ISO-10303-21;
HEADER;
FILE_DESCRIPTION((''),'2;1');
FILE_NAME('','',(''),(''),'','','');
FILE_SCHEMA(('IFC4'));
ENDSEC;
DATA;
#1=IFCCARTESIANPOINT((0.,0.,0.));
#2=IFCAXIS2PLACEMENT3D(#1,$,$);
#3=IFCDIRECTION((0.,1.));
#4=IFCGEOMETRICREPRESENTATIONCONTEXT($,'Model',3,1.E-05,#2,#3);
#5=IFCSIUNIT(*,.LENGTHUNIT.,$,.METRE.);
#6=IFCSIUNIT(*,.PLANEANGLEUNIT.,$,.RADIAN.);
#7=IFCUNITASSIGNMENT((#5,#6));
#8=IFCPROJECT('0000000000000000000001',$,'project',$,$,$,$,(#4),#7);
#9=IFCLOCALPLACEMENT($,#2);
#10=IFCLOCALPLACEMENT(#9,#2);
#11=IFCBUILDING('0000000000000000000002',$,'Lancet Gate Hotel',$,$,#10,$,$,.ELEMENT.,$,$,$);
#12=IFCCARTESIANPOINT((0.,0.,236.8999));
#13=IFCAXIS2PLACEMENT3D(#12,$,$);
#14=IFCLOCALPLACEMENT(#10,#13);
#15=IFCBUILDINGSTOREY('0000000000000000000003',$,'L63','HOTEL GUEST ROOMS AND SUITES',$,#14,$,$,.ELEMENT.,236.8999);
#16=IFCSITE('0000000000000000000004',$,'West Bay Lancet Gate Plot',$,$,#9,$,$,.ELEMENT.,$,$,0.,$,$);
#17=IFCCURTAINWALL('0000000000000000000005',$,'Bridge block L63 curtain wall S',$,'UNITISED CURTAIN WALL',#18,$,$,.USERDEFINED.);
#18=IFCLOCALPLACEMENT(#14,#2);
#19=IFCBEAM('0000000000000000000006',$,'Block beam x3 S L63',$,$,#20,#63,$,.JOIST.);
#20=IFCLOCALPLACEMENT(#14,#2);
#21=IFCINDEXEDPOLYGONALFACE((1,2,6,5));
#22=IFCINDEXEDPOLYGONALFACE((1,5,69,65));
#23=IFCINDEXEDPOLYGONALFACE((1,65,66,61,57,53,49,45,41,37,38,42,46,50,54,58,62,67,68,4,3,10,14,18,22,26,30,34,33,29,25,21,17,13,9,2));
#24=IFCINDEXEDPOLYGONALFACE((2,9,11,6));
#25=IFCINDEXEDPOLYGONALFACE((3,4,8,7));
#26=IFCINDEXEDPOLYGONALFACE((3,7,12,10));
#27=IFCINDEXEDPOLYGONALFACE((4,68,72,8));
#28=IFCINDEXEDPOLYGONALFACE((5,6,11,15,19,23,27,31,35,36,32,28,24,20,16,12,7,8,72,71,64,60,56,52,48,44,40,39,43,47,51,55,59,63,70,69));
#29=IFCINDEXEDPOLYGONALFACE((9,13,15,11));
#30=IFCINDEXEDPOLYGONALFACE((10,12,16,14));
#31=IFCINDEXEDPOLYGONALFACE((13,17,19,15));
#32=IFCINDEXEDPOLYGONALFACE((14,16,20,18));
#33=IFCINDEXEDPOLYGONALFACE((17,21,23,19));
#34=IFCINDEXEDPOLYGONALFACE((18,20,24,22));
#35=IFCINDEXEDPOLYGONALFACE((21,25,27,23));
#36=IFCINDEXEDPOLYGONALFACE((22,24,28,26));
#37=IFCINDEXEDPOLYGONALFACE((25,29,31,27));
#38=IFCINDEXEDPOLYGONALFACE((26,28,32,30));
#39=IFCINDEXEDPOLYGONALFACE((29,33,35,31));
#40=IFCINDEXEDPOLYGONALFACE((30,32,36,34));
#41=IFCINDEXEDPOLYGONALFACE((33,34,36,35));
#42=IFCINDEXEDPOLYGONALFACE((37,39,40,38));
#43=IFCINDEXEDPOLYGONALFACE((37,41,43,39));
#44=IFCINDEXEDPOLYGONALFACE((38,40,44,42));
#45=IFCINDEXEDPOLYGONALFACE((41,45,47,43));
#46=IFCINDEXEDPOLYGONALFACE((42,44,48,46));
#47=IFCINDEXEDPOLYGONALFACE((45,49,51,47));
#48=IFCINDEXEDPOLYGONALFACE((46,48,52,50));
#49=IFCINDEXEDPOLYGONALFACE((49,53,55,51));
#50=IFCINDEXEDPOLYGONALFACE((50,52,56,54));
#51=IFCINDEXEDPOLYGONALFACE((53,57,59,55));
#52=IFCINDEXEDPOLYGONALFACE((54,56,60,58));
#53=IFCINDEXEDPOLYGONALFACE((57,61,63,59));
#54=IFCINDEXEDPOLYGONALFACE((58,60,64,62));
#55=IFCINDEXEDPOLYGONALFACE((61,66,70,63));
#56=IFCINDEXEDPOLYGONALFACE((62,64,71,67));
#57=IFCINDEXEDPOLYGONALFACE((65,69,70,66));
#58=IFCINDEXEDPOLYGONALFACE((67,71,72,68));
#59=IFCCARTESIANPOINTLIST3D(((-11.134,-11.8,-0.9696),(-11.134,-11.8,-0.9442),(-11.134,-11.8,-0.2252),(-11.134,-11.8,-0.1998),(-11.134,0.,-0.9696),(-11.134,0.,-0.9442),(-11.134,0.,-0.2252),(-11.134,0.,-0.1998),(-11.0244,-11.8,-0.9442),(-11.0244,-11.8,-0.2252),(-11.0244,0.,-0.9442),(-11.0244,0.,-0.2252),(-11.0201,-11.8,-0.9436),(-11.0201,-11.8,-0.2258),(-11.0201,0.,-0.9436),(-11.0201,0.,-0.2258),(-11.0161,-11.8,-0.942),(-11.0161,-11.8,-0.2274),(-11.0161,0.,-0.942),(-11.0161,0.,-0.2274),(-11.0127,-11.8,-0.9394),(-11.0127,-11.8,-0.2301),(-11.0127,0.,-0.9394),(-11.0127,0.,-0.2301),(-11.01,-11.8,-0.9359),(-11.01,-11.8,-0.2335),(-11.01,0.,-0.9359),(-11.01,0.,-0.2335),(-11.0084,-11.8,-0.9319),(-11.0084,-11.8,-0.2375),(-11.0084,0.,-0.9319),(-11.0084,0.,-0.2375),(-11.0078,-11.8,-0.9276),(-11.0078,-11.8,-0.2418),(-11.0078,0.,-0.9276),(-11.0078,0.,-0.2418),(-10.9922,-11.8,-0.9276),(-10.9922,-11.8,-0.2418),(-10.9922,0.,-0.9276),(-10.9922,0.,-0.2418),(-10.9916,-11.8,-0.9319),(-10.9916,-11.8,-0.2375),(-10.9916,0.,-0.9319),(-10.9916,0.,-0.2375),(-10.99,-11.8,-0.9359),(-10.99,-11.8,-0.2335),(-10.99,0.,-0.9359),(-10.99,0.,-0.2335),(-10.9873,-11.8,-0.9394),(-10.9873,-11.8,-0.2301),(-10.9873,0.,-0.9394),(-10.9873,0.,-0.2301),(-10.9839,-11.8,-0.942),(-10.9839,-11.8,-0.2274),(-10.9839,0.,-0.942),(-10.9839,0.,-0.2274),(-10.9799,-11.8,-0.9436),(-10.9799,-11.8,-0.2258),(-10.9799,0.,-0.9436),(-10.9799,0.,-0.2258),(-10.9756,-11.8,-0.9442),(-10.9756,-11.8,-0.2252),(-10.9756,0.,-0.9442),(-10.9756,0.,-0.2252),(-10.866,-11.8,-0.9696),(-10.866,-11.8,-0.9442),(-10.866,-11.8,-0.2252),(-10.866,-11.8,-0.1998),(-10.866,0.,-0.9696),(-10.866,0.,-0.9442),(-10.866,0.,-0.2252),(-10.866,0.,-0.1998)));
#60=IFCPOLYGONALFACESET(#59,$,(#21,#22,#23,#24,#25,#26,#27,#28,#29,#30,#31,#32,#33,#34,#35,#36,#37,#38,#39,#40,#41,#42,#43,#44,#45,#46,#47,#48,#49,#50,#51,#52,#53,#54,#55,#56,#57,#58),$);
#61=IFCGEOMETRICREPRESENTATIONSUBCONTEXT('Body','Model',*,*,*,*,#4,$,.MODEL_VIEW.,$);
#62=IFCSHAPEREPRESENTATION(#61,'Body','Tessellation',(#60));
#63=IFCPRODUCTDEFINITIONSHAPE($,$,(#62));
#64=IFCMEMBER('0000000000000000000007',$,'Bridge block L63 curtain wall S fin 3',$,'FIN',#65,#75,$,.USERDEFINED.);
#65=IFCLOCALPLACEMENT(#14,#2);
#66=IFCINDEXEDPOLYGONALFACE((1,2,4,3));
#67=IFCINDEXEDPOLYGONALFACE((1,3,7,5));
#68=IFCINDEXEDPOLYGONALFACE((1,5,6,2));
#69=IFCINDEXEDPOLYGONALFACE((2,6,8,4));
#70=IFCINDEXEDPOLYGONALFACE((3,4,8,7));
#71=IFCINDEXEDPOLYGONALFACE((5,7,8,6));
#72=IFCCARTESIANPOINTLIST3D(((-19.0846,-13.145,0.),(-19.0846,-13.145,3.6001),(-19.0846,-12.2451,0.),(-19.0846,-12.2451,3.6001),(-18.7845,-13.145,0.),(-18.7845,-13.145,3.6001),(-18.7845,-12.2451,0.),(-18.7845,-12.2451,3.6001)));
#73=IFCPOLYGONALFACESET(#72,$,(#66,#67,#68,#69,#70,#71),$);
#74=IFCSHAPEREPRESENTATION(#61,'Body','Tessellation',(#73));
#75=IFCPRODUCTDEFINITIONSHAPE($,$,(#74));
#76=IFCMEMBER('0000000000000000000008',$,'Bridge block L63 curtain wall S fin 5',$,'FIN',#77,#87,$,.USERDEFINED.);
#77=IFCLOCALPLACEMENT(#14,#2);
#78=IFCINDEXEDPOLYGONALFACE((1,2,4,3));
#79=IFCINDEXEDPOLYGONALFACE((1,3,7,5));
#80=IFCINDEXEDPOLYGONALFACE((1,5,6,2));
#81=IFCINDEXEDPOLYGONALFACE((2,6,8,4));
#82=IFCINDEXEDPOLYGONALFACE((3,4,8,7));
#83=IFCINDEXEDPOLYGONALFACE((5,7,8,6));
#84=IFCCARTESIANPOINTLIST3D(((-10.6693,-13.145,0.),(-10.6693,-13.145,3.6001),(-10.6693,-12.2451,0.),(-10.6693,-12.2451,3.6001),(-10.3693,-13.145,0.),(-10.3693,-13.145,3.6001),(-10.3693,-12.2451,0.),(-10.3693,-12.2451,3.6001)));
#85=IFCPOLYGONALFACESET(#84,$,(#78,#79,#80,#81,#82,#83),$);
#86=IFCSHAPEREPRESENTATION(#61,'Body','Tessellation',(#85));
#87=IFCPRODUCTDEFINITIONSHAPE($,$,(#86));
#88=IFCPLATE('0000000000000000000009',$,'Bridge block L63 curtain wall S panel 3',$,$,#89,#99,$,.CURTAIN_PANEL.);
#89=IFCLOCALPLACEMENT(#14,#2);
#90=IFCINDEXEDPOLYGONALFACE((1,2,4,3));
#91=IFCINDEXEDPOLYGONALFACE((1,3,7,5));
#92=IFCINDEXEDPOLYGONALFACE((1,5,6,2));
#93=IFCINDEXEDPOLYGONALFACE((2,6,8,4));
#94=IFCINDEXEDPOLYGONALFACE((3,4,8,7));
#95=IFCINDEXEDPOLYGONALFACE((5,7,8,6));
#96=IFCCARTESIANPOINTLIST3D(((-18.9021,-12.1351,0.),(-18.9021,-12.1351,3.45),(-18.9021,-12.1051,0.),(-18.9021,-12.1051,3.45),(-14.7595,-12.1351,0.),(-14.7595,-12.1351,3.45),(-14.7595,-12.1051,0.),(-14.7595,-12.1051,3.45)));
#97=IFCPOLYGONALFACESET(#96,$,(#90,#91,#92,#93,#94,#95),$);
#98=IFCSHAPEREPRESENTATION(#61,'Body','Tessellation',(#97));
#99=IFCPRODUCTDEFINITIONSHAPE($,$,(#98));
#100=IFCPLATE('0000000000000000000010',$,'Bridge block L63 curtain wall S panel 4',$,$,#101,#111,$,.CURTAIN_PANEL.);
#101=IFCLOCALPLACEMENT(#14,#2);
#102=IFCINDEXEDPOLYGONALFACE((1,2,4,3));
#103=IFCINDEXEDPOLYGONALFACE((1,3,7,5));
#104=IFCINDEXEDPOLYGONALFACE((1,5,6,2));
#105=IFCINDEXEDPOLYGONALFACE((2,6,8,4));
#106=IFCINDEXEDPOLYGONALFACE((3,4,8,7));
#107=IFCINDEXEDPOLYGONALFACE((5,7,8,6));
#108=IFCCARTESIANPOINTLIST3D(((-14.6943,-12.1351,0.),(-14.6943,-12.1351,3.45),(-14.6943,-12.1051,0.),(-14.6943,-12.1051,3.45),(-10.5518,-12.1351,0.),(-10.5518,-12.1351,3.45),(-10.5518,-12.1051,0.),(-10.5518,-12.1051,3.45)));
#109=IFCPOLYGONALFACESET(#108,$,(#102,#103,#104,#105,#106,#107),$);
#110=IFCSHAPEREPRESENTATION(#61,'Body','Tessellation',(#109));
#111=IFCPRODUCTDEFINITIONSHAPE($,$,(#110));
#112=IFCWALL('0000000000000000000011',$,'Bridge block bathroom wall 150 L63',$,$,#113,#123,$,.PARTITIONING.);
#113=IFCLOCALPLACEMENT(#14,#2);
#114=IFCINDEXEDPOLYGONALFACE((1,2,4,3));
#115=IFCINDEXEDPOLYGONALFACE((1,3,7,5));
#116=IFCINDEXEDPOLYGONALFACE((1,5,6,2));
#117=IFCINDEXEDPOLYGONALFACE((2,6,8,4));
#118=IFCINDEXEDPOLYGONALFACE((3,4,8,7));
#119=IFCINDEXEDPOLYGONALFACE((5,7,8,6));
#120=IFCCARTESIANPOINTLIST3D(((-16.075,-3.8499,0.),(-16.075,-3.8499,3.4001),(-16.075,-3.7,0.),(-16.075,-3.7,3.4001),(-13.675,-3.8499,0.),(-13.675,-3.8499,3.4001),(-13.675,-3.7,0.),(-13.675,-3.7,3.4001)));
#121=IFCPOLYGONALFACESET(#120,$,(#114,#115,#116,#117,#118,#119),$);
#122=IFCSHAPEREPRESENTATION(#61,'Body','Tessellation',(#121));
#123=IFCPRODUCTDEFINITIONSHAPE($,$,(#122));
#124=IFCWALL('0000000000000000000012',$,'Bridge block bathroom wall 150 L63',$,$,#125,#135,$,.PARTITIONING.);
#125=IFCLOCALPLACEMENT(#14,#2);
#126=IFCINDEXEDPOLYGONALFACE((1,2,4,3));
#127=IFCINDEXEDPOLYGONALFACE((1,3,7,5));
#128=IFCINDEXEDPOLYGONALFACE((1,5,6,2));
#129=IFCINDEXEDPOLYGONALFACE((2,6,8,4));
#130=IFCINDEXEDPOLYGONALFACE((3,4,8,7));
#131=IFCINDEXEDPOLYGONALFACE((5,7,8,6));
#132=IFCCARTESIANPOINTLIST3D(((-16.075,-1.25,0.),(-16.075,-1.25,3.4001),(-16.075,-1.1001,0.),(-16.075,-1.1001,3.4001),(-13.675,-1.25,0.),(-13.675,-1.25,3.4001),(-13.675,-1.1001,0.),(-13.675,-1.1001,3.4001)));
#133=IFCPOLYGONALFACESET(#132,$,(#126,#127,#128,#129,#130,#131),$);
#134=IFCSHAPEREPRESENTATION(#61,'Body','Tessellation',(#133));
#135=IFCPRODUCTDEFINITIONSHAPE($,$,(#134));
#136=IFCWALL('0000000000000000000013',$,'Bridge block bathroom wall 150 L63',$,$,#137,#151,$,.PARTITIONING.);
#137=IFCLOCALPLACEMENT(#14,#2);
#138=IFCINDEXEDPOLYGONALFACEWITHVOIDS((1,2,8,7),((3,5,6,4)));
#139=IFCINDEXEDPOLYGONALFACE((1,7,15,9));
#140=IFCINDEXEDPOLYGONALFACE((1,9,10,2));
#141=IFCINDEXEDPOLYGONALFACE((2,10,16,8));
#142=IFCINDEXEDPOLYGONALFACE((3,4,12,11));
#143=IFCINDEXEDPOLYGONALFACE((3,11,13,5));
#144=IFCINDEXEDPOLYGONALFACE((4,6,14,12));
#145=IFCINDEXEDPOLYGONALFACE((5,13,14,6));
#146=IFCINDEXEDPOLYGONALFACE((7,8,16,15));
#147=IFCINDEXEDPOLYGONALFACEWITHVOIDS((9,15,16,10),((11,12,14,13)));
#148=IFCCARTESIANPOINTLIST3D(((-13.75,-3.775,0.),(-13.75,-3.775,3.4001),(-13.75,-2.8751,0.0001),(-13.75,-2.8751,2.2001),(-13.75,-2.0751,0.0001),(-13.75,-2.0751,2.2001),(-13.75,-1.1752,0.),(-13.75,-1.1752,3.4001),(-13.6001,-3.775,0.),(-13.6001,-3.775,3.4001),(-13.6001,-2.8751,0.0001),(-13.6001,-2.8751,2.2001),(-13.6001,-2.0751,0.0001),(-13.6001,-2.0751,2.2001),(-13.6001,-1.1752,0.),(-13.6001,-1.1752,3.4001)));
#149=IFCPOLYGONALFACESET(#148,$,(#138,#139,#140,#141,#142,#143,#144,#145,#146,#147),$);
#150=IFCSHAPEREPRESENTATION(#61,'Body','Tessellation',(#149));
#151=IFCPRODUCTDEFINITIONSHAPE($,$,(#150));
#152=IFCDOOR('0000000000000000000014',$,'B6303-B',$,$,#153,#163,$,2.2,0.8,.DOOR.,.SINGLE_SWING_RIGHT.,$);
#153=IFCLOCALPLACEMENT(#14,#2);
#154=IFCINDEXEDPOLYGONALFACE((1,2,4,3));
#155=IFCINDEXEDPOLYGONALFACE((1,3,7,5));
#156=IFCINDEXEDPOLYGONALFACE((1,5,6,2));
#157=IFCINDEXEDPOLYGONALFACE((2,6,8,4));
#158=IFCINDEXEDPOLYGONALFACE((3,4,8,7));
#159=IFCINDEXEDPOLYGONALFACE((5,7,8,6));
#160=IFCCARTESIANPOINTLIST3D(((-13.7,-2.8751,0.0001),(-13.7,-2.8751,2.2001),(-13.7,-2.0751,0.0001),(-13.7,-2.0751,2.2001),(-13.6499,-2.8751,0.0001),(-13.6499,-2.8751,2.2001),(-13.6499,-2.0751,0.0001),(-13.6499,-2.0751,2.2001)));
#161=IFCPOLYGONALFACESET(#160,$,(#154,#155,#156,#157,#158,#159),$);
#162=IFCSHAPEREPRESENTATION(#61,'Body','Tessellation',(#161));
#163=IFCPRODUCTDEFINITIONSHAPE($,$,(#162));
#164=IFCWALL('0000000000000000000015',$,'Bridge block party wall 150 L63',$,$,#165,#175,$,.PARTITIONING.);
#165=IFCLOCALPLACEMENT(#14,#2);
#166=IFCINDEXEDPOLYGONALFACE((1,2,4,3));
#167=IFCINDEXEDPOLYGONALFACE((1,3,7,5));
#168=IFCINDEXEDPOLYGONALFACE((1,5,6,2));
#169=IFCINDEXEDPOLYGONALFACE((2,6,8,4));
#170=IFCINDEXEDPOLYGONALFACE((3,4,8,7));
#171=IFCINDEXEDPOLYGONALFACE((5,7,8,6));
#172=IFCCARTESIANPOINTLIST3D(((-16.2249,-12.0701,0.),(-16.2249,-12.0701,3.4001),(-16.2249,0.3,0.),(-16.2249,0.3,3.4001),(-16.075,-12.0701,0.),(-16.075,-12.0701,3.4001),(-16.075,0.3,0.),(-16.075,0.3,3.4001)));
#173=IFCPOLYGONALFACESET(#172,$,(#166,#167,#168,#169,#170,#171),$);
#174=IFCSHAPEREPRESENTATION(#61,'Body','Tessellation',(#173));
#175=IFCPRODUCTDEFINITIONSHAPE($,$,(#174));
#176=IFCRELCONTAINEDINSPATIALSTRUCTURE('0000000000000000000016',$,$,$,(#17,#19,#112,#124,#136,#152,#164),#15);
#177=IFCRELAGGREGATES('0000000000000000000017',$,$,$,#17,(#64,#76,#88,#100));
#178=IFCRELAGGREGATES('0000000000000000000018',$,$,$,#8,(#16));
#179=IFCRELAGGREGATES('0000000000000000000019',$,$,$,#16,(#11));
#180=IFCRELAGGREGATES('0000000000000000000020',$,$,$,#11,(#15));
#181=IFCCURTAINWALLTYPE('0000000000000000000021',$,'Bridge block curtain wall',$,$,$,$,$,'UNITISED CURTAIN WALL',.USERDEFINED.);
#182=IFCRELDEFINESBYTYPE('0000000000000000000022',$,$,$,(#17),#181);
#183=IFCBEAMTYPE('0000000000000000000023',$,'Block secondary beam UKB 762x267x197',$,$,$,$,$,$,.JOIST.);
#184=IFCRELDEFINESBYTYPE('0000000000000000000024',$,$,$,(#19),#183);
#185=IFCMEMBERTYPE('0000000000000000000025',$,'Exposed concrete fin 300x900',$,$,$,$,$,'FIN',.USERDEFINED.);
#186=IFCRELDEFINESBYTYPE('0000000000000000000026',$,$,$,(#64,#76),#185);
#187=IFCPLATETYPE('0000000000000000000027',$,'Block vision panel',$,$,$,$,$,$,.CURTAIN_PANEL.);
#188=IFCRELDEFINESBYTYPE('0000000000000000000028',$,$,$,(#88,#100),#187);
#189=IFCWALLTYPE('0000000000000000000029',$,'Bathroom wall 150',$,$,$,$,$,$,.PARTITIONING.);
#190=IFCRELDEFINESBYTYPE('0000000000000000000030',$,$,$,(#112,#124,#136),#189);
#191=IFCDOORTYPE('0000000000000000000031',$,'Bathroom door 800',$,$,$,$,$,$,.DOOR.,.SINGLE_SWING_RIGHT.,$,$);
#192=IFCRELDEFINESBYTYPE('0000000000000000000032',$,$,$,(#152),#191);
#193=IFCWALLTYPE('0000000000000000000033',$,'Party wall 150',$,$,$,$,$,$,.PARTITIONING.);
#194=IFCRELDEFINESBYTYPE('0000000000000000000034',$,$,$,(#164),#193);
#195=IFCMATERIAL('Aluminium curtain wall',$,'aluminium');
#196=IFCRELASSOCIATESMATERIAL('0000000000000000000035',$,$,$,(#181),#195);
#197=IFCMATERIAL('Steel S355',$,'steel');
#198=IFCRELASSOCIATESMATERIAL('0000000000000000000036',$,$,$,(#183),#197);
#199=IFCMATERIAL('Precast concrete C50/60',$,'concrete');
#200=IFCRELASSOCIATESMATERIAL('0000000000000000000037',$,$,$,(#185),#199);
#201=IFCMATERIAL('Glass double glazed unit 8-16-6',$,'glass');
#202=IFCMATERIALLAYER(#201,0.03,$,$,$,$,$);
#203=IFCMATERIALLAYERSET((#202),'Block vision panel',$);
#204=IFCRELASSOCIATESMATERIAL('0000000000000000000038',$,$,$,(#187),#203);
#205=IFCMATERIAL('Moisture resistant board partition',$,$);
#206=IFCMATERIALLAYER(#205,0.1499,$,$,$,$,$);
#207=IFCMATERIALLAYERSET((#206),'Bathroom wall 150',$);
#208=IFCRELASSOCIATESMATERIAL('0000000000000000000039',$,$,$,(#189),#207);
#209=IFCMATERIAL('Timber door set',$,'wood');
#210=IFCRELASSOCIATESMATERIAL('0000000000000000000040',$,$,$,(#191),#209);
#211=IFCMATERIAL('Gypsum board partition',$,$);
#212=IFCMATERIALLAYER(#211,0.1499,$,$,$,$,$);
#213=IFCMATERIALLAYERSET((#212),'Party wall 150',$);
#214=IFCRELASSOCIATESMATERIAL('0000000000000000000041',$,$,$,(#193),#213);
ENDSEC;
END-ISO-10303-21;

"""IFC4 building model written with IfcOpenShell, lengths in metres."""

from ifc_helpers import new_model, si_unit, direction, frame, frame_2d, origin, origin_2d, place, context, subcontext, project, spatial, rectangle, i_section, extrude, material, layer, layer_set, material_profile, profile_set, type_object, element, fill, aggregate, save


model = new_model("IFC4")

# Units and contexts
model_context = context("Model", 3, precision=1e-05, world=origin(), true_north=direction((0.0, 1.0)))
body_context = subcontext(model_context, "Body", "Model", "MODEL_VIEW")
ifc_project = project(units=[si_unit("LENGTHUNIT", "METRE"), si_unit("PLANEANGLEUNIT", "RADIAN")], contexts=[model_context])

# Site, building, storey
site_placement = place(None, origin())
site = spatial("IfcSite", under=ifc_project, at=site_placement, Name="West Bay Lancet Gate Plot", CompositionType="ELEMENT", RefElevation=0.0)
building_placement = place(site_placement, origin())
building = spatial("IfcBuilding", under=site, at=building_placement, Name="Lancet Gate Hotel", CompositionType="ELEMENT")
storey_placement = place(building_placement, frame((0.0, 0.0, 236.8999)))
storey = spatial("IfcBuildingStorey", under=building, at=storey_placement, Name="L63", Description="HOTEL GUEST ROOMS AND SUITES", CompositionType="ELEMENT", Elevation=236.8999)

# Curtain wall
ifc_material_1 = material(Name="Aluminium curtain wall", Category="aluminium")
curtain_wall_type = type_object("IfcCurtainWallType", Name="Bridge block curtain wall", ElementType="UNITISED CURTAIN WALL", PredefinedType="USERDEFINED", material=ifc_material_1)
curtain_wall_placement = place(storey_placement, origin())
curtain_wall = element("IfcCurtainWall", 1, at=curtain_wall_placement, inside=storey, type_object=curtain_wall_type, Name="Bridge block L63 curtain wall S", ObjectType="UNITISED CURTAIN WALL", PredefinedType="USERDEFINED")

# Beam
ifc_material_2 = material(Name="Steel S355", Category="steel")
ifc_material_profile_1 = material_profile(ifc_material_2, i_section(OverallWidth=0.2681, OverallDepth=0.7698, WebThickness=0.0156, FlangeThickness=0.0254, FilletRadius=0.0166, at=origin_2d()), Name="UKB 762x267x197")
ifc_profile_set_1 = profile_set([ifc_material_profile_1], Name="Steel S355")
beam_type_1 = type_object("IfcBeamType", Name="Block secondary beam UKB 762x267x197", PredefinedType="JOIST", material=ifc_profile_set_1)
for number, where, z_axis, x_axis, name in (
    (2, (-11.0, -11.8, -0.5847), (0.0, 1.0, 0.0), (-1.0, 0.0, 0.0), "Block beam x3 S L63"),
):
    element("IfcBeam", number, at=place(storey_placement, frame(where, z_axis=z_axis, x_axis=x_axis)), inside=storey, type_object=beam_type_1, Name=name, PredefinedType="JOIST", context=body_context, shape_type="SweptSolid", body=[
        extrude(i_section(OverallWidth=0.2681, OverallDepth=0.7698, WebThickness=0.0156, FlangeThickness=0.0254, FilletRadius=0.0166, at=origin_2d()), origin(), (0.0, 0.0, 1.0), 11.8),
    ])

# Members
ifc_material_3 = material(Name="Precast concrete C50/60", Category="concrete")
ifc_material_profile_2 = material_profile(ifc_material_3, rectangle(XDim=0.3, YDim=0.8999, at=origin_2d()), Name="FIN 300x900")
ifc_profile_set_2 = profile_set([ifc_material_profile_2], Name="Precast concrete C50/60")
member_type_1 = type_object("IfcMemberType", Name="Exposed concrete fin 300x900", ElementType="FIN", PredefinedType="USERDEFINED", material=ifc_profile_set_2)
member_1_placement = place(storey_placement, frame((-18.9346, -12.6951, 0.0), z_axis=(0.0, 0.0, 1.0), x_axis=(1.0, 0.0, 0.0)))
member_1 = element("IfcMember", 3, at=member_1_placement, type_object=member_type_1, Name="Bridge block L63 curtain wall S fin 3", ObjectType="FIN", PredefinedType="USERDEFINED", context=body_context, shape_type="SweptSolid", body=[
    extrude(rectangle(XDim=0.3, YDim=0.8999, at=origin_2d()), origin(), (0.0, 0.0, 1.0), 3.6001),
])
member_2_placement = place(storey_placement, frame((-10.5193, -12.6951, 0.0), z_axis=(0.0, 0.0, 1.0), x_axis=(1.0, 0.0, 0.0)))
member_2 = element("IfcMember", 4, at=member_2_placement, type_object=member_type_1, Name="Bridge block L63 curtain wall S fin 5", ObjectType="FIN", PredefinedType="USERDEFINED", context=body_context, shape_type="SweptSolid", body=[
    extrude(rectangle(XDim=0.3, YDim=0.8999, at=origin_2d()), origin(), (0.0, 0.0, 1.0), 3.6001),
])

# Plates
ifc_material_4 = material(Name="Glass double glazed unit 8-16-6", Category="glass")
ifc_layer_1 = layer(ifc_material_4, 0.03)
ifc_layer_set_1 = layer_set([ifc_layer_1], Name="Block vision panel")
plate_type = type_object("IfcPlateType", Name="Block vision panel", PredefinedType="CURTAIN_PANEL", material=ifc_layer_set_1)
plate_1_placement = place(storey_placement, frame((-16.8308, -12.1201, 0.0), z_axis=(0.0, 0.0, 1.0), x_axis=(1.0, 0.0, 0.0)))
plate_1 = element("IfcPlate", 5, at=plate_1_placement, type_object=plate_type, Name="Bridge block L63 curtain wall S panel 3", PredefinedType="CURTAIN_PANEL", context=body_context, shape_type="SweptSolid", body=[
    extrude(rectangle(XDim=4.1426, YDim=0.03, at=origin_2d()), origin(), (0.0, 0.0, 1.0), 3.45),
])
plate_2_placement = place(storey_placement, frame((-12.623, -12.1201, 0.0), z_axis=(0.0, 0.0, 1.0), x_axis=(1.0, 0.0, 0.0)))
plate_2 = element("IfcPlate", 6, at=plate_2_placement, type_object=plate_type, Name="Bridge block L63 curtain wall S panel 4", PredefinedType="CURTAIN_PANEL", context=body_context, shape_type="SweptSolid", body=[
    extrude(rectangle(XDim=4.1426, YDim=0.03, at=origin_2d()), origin(), (0.0, 0.0, 1.0), 3.45),
])
aggregate(curtain_wall, [member_1, member_2, plate_1, plate_2])

# Walls
ifc_material_5 = material(Name="Moisture resistant board partition")
ifc_layer_2 = layer(ifc_material_5, 0.1499)
ifc_layer_set_2 = layer_set([ifc_layer_2], Name="Bathroom wall 150")
wall_type_1 = type_object("IfcWallType", Name="Bathroom wall 150", PredefinedType="PARTITIONING", material=ifc_layer_set_2)
for number, where, z_axis, x_axis, name in (
    (7, (-16.075, -3.7749, 0.0), (0.0, 0.0, 1.0), (1.0, 0.0, 0.0), "Bridge block bathroom wall 150 L63"),
    (8, (-16.075, -1.175, 0.0), (0.0, 0.0, 1.0), (1.0, 0.0, 0.0), "Bridge block bathroom wall 150 L63"),
):
    element("IfcWall", number, at=place(storey_placement, frame(where, z_axis=z_axis, x_axis=x_axis)), inside=storey, type_object=wall_type_1, Name=name, PredefinedType="PARTITIONING", context=body_context, shape_type="SweptSolid", body=[
        extrude(rectangle(XDim=2.3999, YDim=0.1499, at=frame_2d((1.2, 0.0))), origin(), (0.0, 0.0, 1.0), 3.4001),
    ])

# Wall, opening, door
wall_1_placement = place(storey_placement, frame((-13.675, -3.7749, 0.0), z_axis=(0.0, 0.0, 1.0), x_axis=(0.0, 1.0, 0.0)))
wall_1 = element("IfcWall", 9, at=wall_1_placement, inside=storey, type_object=wall_type_1, Name="Bridge block bathroom wall 150 L63", PredefinedType="PARTITIONING", context=body_context, shape_type="SweptSolid", body=[
    extrude(rectangle(XDim=2.5999, YDim=0.1499, at=frame_2d((1.2998, 0.0))), origin(), (0.0, 0.0, 1.0), 3.4001),
])
opening_placement = place(wall_1_placement, frame((0.8999, 0.0, 0.0)))
opening = element("IfcOpeningElement", 10, at=opening_placement, cuts=wall_1, PredefinedType="OPENING", context=body_context, shape_type="SweptSolid", body=[
    extrude(rectangle(XDim=0.8, YDim=2.2, at=frame_2d((0.3999, 1.1001))), frame((0.0, 0.085, 0.0), z_axis=(0.0, -1.0, 0.0), x_axis=(1.0, 0.0, 0.0)), (0.0, 0.0, 1.0), 0.1699),
])
ifc_material_6 = material(Name="Timber door set", Category="wood")
door_type = type_object("IfcDoorType", Name="Bathroom door 800", OperationType="SINGLE_SWING_RIGHT", PredefinedType="DOOR", material=ifc_material_6)
door_placement = place(opening_placement, origin())
door = element("IfcDoor", 11, at=door_placement, inside=storey, type_object=door_type, Name="B6303-B", OperationType="SINGLE_SWING_RIGHT", OverallHeight=2.2, OverallWidth=0.8, PredefinedType="DOOR", context=body_context, shape_type="SweptSolid", body=[
    extrude(rectangle(XDim=0.8, YDim=2.2, at=frame_2d((0.3999, 1.1001))), frame((0.0, 0.0249, 0.0), z_axis=(0.0, -1.0, 0.0), x_axis=(1.0, 0.0, 0.0)), (0.0, 0.0, 1.0), 0.05),
])
fill(opening, door)

# Wall
ifc_material_7 = material(Name="Gypsum board partition")
ifc_layer_3 = layer(ifc_material_7, 0.1499)
ifc_layer_set_3 = layer_set([ifc_layer_3], Name="Party wall 150")
wall_type_2 = type_object("IfcWallType", Name="Party wall 150", PredefinedType="PARTITIONING", material=ifc_layer_set_3)
wall_2_placement = place(storey_placement, frame((-16.1499, -12.0701, 0.0), z_axis=(0.0, 0.0, 1.0), x_axis=(0.0, 1.0, 0.0)))
element("IfcWall", 12, at=wall_2_placement, inside=storey, type_object=wall_type_2, Name="Bridge block party wall 150 L63", PredefinedType="PARTITIONING", context=body_context, shape_type="SweptSolid", body=[
    extrude(rectangle(XDim=12.3701, YDim=0.1499, at=frame_2d((6.1851, 0.0))), origin(), (0.0, 0.0, 1.0), 3.4001),
])

save(model, "model.ifc")
